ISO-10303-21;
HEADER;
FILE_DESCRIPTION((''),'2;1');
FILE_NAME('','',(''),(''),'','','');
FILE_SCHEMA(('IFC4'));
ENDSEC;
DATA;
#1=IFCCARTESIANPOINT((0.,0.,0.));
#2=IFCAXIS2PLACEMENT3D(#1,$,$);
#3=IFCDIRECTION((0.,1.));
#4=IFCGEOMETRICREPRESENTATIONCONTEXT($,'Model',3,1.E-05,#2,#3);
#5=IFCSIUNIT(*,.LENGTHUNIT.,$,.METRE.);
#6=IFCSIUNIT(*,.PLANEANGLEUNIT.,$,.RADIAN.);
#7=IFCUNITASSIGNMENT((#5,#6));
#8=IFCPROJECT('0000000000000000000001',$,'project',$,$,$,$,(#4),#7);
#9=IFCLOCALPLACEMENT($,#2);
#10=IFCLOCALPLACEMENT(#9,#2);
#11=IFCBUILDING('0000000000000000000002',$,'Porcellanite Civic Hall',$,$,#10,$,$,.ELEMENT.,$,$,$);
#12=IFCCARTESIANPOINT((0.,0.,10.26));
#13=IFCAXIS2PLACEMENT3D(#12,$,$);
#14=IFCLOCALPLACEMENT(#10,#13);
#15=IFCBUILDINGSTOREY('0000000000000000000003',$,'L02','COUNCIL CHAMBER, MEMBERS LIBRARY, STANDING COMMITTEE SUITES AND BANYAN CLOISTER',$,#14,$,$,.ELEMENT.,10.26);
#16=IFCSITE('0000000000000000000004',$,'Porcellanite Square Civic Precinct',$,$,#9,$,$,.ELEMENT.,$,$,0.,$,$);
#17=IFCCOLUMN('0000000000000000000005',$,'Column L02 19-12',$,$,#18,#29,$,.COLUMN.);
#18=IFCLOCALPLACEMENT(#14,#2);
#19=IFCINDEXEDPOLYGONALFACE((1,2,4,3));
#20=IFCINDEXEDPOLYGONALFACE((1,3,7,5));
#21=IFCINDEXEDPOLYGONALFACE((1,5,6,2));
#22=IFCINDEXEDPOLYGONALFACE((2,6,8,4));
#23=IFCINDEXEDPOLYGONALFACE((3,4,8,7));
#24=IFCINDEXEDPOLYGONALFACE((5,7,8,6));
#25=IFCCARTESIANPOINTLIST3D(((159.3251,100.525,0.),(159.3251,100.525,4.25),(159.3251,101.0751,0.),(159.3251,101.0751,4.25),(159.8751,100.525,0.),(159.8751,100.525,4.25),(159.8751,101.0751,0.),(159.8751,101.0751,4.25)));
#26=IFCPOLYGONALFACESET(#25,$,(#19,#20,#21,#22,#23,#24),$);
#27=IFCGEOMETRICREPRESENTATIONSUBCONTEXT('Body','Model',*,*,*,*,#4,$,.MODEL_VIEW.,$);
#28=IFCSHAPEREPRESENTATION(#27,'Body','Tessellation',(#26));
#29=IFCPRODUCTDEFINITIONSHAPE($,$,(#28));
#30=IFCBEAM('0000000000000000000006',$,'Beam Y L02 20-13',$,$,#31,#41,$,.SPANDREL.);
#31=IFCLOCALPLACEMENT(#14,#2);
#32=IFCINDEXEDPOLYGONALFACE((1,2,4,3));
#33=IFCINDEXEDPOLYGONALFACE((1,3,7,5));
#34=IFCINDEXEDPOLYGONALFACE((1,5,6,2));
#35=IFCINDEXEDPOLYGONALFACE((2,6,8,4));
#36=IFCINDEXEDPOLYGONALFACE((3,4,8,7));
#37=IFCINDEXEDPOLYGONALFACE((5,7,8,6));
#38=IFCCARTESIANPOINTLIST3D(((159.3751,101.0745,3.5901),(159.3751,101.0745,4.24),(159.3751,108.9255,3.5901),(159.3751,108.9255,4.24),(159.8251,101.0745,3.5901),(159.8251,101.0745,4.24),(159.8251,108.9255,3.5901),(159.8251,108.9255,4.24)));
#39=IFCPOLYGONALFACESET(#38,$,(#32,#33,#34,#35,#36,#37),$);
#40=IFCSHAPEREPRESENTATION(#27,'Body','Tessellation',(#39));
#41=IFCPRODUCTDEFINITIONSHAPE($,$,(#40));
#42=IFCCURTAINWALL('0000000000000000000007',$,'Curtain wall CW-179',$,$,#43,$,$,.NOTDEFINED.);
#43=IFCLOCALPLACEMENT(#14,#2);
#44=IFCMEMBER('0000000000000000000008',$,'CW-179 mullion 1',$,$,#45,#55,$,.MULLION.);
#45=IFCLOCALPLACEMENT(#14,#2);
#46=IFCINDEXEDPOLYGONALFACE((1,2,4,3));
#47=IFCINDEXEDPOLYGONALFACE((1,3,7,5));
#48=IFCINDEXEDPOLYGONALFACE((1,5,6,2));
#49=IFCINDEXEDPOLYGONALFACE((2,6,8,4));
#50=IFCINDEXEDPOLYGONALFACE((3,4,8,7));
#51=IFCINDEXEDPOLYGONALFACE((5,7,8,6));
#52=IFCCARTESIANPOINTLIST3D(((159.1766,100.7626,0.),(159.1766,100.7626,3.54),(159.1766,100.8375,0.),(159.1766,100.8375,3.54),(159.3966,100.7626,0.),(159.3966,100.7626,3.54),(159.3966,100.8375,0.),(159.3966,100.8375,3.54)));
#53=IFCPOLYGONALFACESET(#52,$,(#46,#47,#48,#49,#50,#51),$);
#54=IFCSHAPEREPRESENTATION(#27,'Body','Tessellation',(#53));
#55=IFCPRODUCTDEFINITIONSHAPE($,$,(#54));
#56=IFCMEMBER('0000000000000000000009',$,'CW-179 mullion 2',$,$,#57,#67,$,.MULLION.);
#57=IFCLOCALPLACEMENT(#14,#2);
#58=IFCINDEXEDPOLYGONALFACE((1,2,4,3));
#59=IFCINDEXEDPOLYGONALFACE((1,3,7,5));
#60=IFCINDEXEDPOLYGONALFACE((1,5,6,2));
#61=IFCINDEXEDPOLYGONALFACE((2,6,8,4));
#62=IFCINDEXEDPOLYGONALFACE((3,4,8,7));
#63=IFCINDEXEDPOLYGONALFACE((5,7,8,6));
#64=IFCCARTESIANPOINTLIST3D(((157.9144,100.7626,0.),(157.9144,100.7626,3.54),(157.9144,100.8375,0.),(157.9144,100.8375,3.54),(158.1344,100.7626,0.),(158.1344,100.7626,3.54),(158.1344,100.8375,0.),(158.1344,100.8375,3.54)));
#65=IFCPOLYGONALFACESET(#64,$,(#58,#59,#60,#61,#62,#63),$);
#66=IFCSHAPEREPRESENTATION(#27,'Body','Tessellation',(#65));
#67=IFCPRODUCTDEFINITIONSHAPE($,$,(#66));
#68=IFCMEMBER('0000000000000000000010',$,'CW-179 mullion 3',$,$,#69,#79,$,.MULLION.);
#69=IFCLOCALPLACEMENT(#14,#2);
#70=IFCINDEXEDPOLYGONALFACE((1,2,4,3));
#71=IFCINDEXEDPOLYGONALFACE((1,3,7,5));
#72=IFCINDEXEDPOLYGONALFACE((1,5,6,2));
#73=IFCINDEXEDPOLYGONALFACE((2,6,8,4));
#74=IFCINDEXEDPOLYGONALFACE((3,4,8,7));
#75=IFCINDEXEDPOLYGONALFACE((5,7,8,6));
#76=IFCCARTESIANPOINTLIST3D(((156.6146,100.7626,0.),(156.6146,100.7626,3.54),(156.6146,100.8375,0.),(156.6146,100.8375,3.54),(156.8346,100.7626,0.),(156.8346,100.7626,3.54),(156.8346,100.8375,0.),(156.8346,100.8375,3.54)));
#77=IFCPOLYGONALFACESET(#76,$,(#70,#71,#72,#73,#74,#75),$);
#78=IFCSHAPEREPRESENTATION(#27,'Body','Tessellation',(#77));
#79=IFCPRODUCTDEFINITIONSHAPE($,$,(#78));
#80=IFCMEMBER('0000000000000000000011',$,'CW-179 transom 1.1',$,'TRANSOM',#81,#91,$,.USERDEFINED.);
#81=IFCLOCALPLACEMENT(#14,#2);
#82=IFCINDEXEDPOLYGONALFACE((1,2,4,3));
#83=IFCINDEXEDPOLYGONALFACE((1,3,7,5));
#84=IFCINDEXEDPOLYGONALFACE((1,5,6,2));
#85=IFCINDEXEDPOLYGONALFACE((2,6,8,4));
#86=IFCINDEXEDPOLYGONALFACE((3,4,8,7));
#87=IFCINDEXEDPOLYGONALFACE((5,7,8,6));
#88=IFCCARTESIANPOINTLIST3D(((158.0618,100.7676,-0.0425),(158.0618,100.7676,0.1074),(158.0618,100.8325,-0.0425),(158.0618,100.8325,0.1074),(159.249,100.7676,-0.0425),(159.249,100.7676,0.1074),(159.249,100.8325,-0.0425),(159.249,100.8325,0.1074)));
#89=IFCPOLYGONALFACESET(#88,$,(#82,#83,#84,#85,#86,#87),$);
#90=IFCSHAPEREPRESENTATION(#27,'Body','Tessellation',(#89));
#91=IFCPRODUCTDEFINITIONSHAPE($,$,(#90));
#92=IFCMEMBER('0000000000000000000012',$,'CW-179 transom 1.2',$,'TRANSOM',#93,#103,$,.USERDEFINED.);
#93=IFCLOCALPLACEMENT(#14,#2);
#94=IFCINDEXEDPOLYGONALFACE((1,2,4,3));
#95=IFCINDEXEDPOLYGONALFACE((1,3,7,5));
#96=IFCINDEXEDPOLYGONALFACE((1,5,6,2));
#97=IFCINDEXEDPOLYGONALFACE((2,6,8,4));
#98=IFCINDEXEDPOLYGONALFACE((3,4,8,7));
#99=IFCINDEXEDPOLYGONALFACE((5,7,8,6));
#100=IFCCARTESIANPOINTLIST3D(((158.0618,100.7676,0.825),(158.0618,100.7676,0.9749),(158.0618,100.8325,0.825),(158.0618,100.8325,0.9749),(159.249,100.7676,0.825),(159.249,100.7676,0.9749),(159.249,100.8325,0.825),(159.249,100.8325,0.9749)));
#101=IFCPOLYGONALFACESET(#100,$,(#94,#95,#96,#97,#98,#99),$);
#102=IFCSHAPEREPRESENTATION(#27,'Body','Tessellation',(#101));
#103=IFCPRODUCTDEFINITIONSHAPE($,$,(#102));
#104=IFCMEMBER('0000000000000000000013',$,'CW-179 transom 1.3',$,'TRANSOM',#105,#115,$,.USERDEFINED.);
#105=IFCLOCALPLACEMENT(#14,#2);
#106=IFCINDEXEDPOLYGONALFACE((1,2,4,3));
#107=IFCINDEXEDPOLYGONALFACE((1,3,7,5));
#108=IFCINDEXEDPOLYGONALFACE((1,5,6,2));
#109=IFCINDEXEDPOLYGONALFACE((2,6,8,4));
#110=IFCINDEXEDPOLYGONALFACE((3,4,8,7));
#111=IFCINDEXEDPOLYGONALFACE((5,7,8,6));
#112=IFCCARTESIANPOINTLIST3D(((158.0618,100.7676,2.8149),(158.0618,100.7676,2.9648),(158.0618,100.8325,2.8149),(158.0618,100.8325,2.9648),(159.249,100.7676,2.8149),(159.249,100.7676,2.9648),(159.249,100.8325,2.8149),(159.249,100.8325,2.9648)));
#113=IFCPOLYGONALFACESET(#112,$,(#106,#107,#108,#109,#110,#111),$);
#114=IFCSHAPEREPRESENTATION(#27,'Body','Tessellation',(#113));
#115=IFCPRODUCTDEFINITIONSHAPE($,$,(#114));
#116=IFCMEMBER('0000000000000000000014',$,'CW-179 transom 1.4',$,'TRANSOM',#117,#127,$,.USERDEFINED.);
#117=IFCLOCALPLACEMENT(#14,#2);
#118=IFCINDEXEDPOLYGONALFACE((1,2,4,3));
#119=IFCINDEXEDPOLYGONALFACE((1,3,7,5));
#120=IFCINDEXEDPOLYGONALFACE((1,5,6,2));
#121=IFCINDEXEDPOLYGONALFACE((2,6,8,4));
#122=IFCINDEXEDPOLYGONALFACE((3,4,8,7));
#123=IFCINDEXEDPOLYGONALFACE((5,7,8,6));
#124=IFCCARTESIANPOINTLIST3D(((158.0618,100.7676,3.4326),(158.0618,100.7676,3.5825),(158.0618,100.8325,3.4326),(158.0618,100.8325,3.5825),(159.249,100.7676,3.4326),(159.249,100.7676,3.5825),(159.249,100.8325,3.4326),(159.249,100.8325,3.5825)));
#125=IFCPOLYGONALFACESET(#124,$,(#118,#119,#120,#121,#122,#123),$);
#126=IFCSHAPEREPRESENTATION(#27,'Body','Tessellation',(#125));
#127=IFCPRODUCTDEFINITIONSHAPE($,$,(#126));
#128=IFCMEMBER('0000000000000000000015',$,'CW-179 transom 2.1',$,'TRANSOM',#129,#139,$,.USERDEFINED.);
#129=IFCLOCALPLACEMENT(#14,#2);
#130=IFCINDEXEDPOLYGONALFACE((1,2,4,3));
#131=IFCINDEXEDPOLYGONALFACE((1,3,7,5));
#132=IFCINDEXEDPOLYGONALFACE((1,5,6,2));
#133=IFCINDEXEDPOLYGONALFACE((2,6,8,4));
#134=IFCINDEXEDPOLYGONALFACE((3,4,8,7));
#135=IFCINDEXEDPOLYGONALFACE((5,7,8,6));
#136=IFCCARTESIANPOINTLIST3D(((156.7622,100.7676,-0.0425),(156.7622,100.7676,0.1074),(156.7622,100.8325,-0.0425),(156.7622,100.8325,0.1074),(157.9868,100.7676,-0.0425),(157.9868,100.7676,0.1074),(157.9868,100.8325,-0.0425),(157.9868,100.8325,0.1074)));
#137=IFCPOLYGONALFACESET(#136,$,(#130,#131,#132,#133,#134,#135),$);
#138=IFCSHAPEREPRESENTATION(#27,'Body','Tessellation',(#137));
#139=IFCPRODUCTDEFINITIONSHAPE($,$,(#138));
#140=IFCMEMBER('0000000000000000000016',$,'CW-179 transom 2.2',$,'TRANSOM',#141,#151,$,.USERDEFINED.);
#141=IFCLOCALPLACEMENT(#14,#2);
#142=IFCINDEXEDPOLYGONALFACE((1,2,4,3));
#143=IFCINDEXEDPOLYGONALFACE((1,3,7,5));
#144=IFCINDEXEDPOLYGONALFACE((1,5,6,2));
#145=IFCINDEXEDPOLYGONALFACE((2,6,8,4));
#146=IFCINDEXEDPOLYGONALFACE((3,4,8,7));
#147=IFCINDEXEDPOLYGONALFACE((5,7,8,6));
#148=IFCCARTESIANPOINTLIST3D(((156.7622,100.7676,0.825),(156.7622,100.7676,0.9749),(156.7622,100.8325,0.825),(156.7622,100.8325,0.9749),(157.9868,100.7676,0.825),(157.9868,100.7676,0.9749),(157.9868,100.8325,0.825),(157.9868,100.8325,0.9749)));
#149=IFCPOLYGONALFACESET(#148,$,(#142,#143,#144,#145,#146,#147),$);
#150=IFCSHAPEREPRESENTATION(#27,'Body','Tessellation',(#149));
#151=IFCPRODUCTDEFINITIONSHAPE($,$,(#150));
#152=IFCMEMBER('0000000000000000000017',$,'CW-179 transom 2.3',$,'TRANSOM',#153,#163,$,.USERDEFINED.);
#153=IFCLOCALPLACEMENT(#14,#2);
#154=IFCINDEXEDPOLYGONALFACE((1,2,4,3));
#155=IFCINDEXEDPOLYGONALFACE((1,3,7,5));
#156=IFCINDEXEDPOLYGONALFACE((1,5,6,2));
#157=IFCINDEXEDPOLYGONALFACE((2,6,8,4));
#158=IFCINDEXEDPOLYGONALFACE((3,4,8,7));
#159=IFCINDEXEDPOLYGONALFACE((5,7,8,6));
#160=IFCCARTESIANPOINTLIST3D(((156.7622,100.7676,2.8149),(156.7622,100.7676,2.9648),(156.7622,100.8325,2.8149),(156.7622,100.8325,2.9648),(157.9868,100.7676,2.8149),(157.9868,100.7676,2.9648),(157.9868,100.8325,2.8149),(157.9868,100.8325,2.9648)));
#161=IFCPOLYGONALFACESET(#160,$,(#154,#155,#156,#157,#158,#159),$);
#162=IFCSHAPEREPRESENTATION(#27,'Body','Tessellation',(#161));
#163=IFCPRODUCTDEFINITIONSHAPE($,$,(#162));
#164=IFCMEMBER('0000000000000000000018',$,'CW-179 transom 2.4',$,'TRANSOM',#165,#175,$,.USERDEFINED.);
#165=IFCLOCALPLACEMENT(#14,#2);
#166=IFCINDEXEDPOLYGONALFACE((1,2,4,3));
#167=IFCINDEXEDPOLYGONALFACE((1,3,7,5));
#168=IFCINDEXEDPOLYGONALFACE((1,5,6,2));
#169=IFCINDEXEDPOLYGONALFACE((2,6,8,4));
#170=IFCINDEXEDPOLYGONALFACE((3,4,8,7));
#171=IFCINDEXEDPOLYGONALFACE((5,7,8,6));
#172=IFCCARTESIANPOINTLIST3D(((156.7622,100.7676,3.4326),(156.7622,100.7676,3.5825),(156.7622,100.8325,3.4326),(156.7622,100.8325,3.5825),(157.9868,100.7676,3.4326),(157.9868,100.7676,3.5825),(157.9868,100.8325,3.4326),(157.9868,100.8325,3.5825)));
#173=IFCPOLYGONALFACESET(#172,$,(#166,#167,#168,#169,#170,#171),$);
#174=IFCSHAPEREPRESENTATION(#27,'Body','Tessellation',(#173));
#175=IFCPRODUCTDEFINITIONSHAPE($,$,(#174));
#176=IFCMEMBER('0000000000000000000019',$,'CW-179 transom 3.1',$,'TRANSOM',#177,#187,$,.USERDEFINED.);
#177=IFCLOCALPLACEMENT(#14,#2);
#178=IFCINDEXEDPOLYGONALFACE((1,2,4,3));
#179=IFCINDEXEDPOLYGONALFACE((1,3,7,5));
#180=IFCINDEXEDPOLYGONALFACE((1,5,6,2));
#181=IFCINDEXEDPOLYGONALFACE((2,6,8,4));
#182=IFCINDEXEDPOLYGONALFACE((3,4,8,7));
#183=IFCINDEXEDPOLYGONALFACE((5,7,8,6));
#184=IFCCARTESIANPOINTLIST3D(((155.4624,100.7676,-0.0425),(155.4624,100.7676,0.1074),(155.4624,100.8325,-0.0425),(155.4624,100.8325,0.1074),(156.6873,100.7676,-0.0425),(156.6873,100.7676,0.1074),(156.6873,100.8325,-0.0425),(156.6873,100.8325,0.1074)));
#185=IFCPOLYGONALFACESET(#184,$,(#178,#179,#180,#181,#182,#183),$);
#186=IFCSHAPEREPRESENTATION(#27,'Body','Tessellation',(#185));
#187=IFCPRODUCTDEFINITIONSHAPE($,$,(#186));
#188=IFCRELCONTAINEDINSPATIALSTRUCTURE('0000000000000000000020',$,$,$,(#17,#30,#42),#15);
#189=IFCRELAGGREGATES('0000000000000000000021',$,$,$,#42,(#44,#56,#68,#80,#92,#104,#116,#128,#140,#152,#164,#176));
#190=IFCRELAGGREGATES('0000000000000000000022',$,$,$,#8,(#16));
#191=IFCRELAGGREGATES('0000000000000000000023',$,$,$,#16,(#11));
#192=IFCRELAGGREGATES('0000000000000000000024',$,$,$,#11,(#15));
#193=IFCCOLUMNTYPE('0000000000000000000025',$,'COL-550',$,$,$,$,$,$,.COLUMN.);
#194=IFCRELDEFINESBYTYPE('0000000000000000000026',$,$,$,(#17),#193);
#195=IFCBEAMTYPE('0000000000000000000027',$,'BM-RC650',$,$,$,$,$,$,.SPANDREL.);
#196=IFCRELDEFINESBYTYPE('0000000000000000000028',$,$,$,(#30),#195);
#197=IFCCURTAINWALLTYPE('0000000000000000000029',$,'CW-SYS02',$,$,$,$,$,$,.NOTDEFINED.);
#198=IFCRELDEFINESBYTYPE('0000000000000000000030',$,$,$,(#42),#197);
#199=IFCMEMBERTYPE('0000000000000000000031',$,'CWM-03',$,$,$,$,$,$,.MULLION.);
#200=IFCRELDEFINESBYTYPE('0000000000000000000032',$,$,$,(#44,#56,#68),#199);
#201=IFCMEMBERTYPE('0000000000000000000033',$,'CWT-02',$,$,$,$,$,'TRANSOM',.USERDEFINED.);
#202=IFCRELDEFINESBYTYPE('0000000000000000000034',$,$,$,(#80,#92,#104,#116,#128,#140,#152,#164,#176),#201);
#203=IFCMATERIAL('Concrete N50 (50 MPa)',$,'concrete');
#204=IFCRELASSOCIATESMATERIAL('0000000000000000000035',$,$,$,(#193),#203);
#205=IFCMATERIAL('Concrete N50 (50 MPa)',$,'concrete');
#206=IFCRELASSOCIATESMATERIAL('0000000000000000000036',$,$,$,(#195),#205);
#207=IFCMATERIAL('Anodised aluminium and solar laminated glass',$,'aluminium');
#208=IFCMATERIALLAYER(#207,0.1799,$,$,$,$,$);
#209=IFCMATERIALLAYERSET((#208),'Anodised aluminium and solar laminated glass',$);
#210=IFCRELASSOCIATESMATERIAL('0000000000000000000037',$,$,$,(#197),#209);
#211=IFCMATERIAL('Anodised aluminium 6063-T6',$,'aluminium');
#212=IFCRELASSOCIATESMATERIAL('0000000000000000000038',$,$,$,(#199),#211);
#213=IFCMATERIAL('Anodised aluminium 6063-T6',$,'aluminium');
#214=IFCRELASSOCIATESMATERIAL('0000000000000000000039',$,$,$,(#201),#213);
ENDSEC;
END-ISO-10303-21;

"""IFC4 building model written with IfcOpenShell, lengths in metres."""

from ifc_helpers import new_model, si_unit, direction, frame, origin, origin_2d, place, context, subcontext, project, spatial, rectangle, extrude, material, layer, layer_set, material_profile, profile_set, type_object, element, aggregate, save


model = new_model("IFC4")

# Units and contexts
model_context = context("Model", 3, precision=1e-05, world=origin(), true_north=direction((0.0, 1.0)))
body_context = subcontext(model_context, "Body", "Model", "MODEL_VIEW")
ifc_project = project(units=[si_unit("LENGTHUNIT", "METRE"), si_unit("PLANEANGLEUNIT", "RADIAN")], contexts=[model_context])

# Site, building, storey
site_placement = place(None, origin())
site = spatial("IfcSite", under=ifc_project, at=site_placement, Name="Porcellanite Square Civic Precinct", CompositionType="ELEMENT", RefElevation=0.0)
building_placement = place(site_placement, origin())
building = spatial("IfcBuilding", under=site, at=building_placement, Name="Porcellanite Civic Hall", CompositionType="ELEMENT")
storey_placement = place(building_placement, frame((0.0, 0.0, 10.26)))
storey = spatial("IfcBuildingStorey", under=building, at=storey_placement, Name="L02", Description="COUNCIL CHAMBER, MEMBERS LIBRARY, STANDING COMMITTEE SUITES AND BANYAN CLOISTER", CompositionType="ELEMENT", Elevation=10.26)

# Column
ifc_material_1 = material(Name="Concrete N50 (50 MPa)", Category="concrete")
ifc_material_profile_1 = material_profile(ifc_material_1, rectangle(XDim=0.55, YDim=0.55, at=origin_2d()), Name="RC-550x550")
ifc_profile_set_1 = profile_set([ifc_material_profile_1], Name="Concrete N50 (50 MPa)")
column_type = type_object("IfcColumnType", Name="COL-550", PredefinedType="COLUMN", material=ifc_profile_set_1)
column_placement = place(storey_placement, frame((159.6001, 100.8, 0.0), z_axis=(0.0, 0.0, 1.0), x_axis=(1.0, 0.0, 0.0)))
element("IfcColumn", 1, at=column_placement, inside=storey, type_object=column_type, Name="Column L02 19-12", PredefinedType="COLUMN", context=body_context, shape_type="SweptSolid", body=[
    extrude(rectangle(XDim=0.55, YDim=0.55, at=origin_2d()), origin(), (0.0, 0.0, 1.0), 4.25),
])

# Beam
ifc_material_2 = material(Name="Concrete N50 (50 MPa)", Category="concrete")
ifc_material_profile_2 = material_profile(ifc_material_2, rectangle(XDim=0.45, YDim=0.6499, at=origin_2d()), Name="RC-450x650")
ifc_profile_set_2 = profile_set([ifc_material_profile_2], Name="Concrete N50 (50 MPa)")
beam_type = type_object("IfcBeamType", Name="BM-RC650", PredefinedType="SPANDREL", material=ifc_profile_set_2)
beam_placement = place(storey_placement, frame((159.6001, 101.0745, 3.915), z_axis=(0.0, 1.0, 0.0), x_axis=(-1.0, 0.0, 0.0)))
element("IfcBeam", 2, at=beam_placement, inside=storey, type_object=beam_type, Name="Beam Y L02 20-13", PredefinedType="SPANDREL", context=body_context, shape_type="SweptSolid", body=[
    extrude(rectangle(XDim=0.45, YDim=0.6499, at=origin_2d()), origin(), (0.0, 0.0, 1.0), 7.8511),
])

# Curtain wall, members
ifc_material_3 = material(Name="Anodised aluminium and solar laminated glass", Category="aluminium")
ifc_layer_1 = layer(ifc_material_3, 0.1799)
ifc_layer_set_1 = layer_set([ifc_layer_1], Name="Anodised aluminium and solar laminated glass")
curtain_wall_type = type_object("IfcCurtainWallType", Name="CW-SYS02", PredefinedType="NOTDEFINED", material=ifc_layer_set_1)
curtain_wall_placement = place(storey_placement, origin())
curtain_wall = element("IfcCurtainWall", 3, at=curtain_wall_placement, inside=storey, type_object=curtain_wall_type, Name="Curtain wall CW-179", PredefinedType="NOTDEFINED")
ifc_material_4 = material(Name="Anodised aluminium 6063-T6", Category="aluminium")
ifc_material_profile_3 = material_profile(ifc_material_4, rectangle(XDim=0.075, YDim=0.22, at=origin_2d()), Name="AL-75x220")
ifc_profile_set_3 = profile_set([ifc_material_profile_3], Name="Anodised aluminium 6063-T6")
member_type_1 = type_object("IfcMemberType", Name="CWM-03", PredefinedType="MULLION", material=ifc_profile_set_3)
member_1_placement = place(storey_placement, frame((159.2866, 100.8, 0.0), z_axis=(0.0, 0.0, 1.0), x_axis=(0.0, -1.0, 0.0)))
member_1 = element("IfcMember", 4, at=member_1_placement, type_object=member_type_1, Name="CW-179 mullion 1", PredefinedType="MULLION", context=body_context, shape_type="SweptSolid", body=[
    extrude(rectangle(XDim=0.075, YDim=0.22, at=origin_2d()), origin(), (0.0, 0.0, 1.0), 3.54),
])
member_2_placement = place(storey_placement, frame((158.0244, 100.8, 0.0), z_axis=(0.0, 0.0, 1.0), x_axis=(0.0, -1.0, 0.0)))
member_2 = element("IfcMember", 5, at=member_2_placement, type_object=member_type_1, Name="CW-179 mullion 2", PredefinedType="MULLION", context=body_context, shape_type="SweptSolid", body=[
    extrude(rectangle(XDim=0.075, YDim=0.22, at=origin_2d()), origin(), (0.0, 0.0, 1.0), 3.54),
])
member_3_placement = place(storey_placement, frame((156.7246, 100.8, 0.0), z_axis=(0.0, 0.0, 1.0), x_axis=(0.0, -1.0, 0.0)))
member_3 = element("IfcMember", 6, at=member_3_placement, type_object=member_type_1, Name="CW-179 mullion 3", PredefinedType="MULLION", context=body_context, shape_type="SweptSolid", body=[
    extrude(rectangle(XDim=0.075, YDim=0.22, at=origin_2d()), origin(), (0.0, 0.0, 1.0), 3.54),
])
ifc_material_5 = material(Name="Anodised aluminium 6063-T6", Category="aluminium")
ifc_material_profile_4 = material_profile(ifc_material_5, rectangle(XDim=0.0649, YDim=0.1499, at=origin_2d()), Name="AL-65x150")
ifc_profile_set_4 = profile_set([ifc_material_profile_4], Name="Anodised aluminium 6063-T6")
member_type_2 = type_object("IfcMemberType", Name="CWT-02", ElementType="TRANSOM", PredefinedType="USERDEFINED", material=ifc_profile_set_4)
member_4_placement = place(storey_placement, frame((159.249, 100.8, 0.0325), z_axis=(-1.0, 0.0, 0.0), x_axis=(0.0, -1.0, 0.0)))
member_4 = element("IfcMember", 7, at=member_4_placement, type_object=member_type_2, Name="CW-179 transom 1.1", ObjectType="TRANSOM", PredefinedType="USERDEFINED", context=body_context, shape_type="SweptSolid", body=[
    extrude(rectangle(XDim=0.0649, YDim=0.1499, at=origin_2d()), origin(), (0.0, 0.0, 1.0), 1.1873),
])
member_5_placement = place(storey_placement, frame((159.249, 100.8, 0.8999), z_axis=(-1.0, 0.0, 0.0), x_axis=(0.0, -1.0, 0.0)))
member_5 = element("IfcMember", 8, at=member_5_placement, type_object=member_type_2, Name="CW-179 transom 1.2", ObjectType="TRANSOM", PredefinedType="USERDEFINED", context=body_context, shape_type="SweptSolid", body=[
    extrude(rectangle(XDim=0.0649, YDim=0.1499, at=origin_2d()), origin(), (0.0, 0.0, 1.0), 1.1873),
])
member_6_placement = place(storey_placement, frame((159.249, 100.8, 2.8899), z_axis=(-1.0, 0.0, 0.0), x_axis=(0.0, -1.0, 0.0)))
member_6 = element("IfcMember", 9, at=member_6_placement, type_object=member_type_2, Name="CW-179 transom 1.3", ObjectType="TRANSOM", PredefinedType="USERDEFINED", context=body_context, shape_type="SweptSolid", body=[
    extrude(rectangle(XDim=0.0649, YDim=0.1499, at=origin_2d()), origin(), (0.0, 0.0, 1.0), 1.1873),
])
member_7_placement = place(storey_placement, frame((159.249, 100.8, 3.5076), z_axis=(-1.0, 0.0, 0.0), x_axis=(0.0, -1.0, 0.0)))
member_7 = element("IfcMember", 10, at=member_7_placement, type_object=member_type_2, Name="CW-179 transom 1.4", ObjectType="TRANSOM", PredefinedType="USERDEFINED", context=body_context, shape_type="SweptSolid", body=[
    extrude(rectangle(XDim=0.0649, YDim=0.1499, at=origin_2d()), origin(), (0.0, 0.0, 1.0), 1.1873),
])
member_8_placement = place(storey_placement, frame((157.9868, 100.8, 0.0325), z_axis=(-1.0, 0.0, 0.0), x_axis=(0.0, -1.0, 0.0)))
member_8 = element("IfcMember", 11, at=member_8_placement, type_object=member_type_2, Name="CW-179 transom 2.1", ObjectType="TRANSOM", PredefinedType="USERDEFINED", context=body_context, shape_type="SweptSolid", body=[
    extrude(rectangle(XDim=0.0649, YDim=0.1499, at=origin_2d()), origin(), (0.0, 0.0, 1.0), 1.2246),
])
member_9_placement = place(storey_placement, frame((157.9868, 100.8, 0.8999), z_axis=(-1.0, 0.0, 0.0), x_axis=(0.0, -1.0, 0.0)))
member_9 = element("IfcMember", 12, at=member_9_placement, type_object=member_type_2, Name="CW-179 transom 2.2", ObjectType="TRANSOM", PredefinedType="USERDEFINED", context=body_context, shape_type="SweptSolid", body=[
    extrude(rectangle(XDim=0.0649, YDim=0.1499, at=origin_2d()), origin(), (0.0, 0.0, 1.0), 1.2246),
])
member_10_placement = place(storey_placement, frame((157.9868, 100.8, 2.8899), z_axis=(-1.0, 0.0, 0.0), x_axis=(0.0, -1.0, 0.0)))
member_10 = element("IfcMember", 13, at=member_10_placement, type_object=member_type_2, Name="CW-179 transom 2.3", ObjectType="TRANSOM", PredefinedType="USERDEFINED", context=body_context, shape_type="SweptSolid", body=[
    extrude(rectangle(XDim=0.0649, YDim=0.1499, at=origin_2d()), origin(), (0.0, 0.0, 1.0), 1.2246),
])
member_11_placement = place(storey_placement, frame((157.9868, 100.8, 3.5076), z_axis=(-1.0, 0.0, 0.0), x_axis=(0.0, -1.0, 0.0)))
member_11 = element("IfcMember", 14, at=member_11_placement, type_object=member_type_2, Name="CW-179 transom 2.4", ObjectType="TRANSOM", PredefinedType="USERDEFINED", context=body_context, shape_type="SweptSolid", body=[
    extrude(rectangle(XDim=0.0649, YDim=0.1499, at=origin_2d()), origin(), (0.0, 0.0, 1.0), 1.2246),
])
member_12_placement = place(storey_placement, frame((156.6873, 100.8, 0.0325), z_axis=(-1.0, 0.0, 0.0), x_axis=(0.0, -1.0, 0.0)))
member_12 = element("IfcMember", 15, at=member_12_placement, type_object=member_type_2, Name="CW-179 transom 3.1", ObjectType="TRANSOM", PredefinedType="USERDEFINED", context=body_context, shape_type="SweptSolid", body=[
    extrude(rectangle(XDim=0.0649, YDim=0.1499, at=origin_2d()), origin(), (0.0, 0.0, 1.0), 1.2249),
])

aggregate(curtain_wall, [member_1, member_2, member_3, member_4, member_5, member_6, member_7, member_8, member_9, member_10, member_11, member_12])

save(model, "model.ifc")
